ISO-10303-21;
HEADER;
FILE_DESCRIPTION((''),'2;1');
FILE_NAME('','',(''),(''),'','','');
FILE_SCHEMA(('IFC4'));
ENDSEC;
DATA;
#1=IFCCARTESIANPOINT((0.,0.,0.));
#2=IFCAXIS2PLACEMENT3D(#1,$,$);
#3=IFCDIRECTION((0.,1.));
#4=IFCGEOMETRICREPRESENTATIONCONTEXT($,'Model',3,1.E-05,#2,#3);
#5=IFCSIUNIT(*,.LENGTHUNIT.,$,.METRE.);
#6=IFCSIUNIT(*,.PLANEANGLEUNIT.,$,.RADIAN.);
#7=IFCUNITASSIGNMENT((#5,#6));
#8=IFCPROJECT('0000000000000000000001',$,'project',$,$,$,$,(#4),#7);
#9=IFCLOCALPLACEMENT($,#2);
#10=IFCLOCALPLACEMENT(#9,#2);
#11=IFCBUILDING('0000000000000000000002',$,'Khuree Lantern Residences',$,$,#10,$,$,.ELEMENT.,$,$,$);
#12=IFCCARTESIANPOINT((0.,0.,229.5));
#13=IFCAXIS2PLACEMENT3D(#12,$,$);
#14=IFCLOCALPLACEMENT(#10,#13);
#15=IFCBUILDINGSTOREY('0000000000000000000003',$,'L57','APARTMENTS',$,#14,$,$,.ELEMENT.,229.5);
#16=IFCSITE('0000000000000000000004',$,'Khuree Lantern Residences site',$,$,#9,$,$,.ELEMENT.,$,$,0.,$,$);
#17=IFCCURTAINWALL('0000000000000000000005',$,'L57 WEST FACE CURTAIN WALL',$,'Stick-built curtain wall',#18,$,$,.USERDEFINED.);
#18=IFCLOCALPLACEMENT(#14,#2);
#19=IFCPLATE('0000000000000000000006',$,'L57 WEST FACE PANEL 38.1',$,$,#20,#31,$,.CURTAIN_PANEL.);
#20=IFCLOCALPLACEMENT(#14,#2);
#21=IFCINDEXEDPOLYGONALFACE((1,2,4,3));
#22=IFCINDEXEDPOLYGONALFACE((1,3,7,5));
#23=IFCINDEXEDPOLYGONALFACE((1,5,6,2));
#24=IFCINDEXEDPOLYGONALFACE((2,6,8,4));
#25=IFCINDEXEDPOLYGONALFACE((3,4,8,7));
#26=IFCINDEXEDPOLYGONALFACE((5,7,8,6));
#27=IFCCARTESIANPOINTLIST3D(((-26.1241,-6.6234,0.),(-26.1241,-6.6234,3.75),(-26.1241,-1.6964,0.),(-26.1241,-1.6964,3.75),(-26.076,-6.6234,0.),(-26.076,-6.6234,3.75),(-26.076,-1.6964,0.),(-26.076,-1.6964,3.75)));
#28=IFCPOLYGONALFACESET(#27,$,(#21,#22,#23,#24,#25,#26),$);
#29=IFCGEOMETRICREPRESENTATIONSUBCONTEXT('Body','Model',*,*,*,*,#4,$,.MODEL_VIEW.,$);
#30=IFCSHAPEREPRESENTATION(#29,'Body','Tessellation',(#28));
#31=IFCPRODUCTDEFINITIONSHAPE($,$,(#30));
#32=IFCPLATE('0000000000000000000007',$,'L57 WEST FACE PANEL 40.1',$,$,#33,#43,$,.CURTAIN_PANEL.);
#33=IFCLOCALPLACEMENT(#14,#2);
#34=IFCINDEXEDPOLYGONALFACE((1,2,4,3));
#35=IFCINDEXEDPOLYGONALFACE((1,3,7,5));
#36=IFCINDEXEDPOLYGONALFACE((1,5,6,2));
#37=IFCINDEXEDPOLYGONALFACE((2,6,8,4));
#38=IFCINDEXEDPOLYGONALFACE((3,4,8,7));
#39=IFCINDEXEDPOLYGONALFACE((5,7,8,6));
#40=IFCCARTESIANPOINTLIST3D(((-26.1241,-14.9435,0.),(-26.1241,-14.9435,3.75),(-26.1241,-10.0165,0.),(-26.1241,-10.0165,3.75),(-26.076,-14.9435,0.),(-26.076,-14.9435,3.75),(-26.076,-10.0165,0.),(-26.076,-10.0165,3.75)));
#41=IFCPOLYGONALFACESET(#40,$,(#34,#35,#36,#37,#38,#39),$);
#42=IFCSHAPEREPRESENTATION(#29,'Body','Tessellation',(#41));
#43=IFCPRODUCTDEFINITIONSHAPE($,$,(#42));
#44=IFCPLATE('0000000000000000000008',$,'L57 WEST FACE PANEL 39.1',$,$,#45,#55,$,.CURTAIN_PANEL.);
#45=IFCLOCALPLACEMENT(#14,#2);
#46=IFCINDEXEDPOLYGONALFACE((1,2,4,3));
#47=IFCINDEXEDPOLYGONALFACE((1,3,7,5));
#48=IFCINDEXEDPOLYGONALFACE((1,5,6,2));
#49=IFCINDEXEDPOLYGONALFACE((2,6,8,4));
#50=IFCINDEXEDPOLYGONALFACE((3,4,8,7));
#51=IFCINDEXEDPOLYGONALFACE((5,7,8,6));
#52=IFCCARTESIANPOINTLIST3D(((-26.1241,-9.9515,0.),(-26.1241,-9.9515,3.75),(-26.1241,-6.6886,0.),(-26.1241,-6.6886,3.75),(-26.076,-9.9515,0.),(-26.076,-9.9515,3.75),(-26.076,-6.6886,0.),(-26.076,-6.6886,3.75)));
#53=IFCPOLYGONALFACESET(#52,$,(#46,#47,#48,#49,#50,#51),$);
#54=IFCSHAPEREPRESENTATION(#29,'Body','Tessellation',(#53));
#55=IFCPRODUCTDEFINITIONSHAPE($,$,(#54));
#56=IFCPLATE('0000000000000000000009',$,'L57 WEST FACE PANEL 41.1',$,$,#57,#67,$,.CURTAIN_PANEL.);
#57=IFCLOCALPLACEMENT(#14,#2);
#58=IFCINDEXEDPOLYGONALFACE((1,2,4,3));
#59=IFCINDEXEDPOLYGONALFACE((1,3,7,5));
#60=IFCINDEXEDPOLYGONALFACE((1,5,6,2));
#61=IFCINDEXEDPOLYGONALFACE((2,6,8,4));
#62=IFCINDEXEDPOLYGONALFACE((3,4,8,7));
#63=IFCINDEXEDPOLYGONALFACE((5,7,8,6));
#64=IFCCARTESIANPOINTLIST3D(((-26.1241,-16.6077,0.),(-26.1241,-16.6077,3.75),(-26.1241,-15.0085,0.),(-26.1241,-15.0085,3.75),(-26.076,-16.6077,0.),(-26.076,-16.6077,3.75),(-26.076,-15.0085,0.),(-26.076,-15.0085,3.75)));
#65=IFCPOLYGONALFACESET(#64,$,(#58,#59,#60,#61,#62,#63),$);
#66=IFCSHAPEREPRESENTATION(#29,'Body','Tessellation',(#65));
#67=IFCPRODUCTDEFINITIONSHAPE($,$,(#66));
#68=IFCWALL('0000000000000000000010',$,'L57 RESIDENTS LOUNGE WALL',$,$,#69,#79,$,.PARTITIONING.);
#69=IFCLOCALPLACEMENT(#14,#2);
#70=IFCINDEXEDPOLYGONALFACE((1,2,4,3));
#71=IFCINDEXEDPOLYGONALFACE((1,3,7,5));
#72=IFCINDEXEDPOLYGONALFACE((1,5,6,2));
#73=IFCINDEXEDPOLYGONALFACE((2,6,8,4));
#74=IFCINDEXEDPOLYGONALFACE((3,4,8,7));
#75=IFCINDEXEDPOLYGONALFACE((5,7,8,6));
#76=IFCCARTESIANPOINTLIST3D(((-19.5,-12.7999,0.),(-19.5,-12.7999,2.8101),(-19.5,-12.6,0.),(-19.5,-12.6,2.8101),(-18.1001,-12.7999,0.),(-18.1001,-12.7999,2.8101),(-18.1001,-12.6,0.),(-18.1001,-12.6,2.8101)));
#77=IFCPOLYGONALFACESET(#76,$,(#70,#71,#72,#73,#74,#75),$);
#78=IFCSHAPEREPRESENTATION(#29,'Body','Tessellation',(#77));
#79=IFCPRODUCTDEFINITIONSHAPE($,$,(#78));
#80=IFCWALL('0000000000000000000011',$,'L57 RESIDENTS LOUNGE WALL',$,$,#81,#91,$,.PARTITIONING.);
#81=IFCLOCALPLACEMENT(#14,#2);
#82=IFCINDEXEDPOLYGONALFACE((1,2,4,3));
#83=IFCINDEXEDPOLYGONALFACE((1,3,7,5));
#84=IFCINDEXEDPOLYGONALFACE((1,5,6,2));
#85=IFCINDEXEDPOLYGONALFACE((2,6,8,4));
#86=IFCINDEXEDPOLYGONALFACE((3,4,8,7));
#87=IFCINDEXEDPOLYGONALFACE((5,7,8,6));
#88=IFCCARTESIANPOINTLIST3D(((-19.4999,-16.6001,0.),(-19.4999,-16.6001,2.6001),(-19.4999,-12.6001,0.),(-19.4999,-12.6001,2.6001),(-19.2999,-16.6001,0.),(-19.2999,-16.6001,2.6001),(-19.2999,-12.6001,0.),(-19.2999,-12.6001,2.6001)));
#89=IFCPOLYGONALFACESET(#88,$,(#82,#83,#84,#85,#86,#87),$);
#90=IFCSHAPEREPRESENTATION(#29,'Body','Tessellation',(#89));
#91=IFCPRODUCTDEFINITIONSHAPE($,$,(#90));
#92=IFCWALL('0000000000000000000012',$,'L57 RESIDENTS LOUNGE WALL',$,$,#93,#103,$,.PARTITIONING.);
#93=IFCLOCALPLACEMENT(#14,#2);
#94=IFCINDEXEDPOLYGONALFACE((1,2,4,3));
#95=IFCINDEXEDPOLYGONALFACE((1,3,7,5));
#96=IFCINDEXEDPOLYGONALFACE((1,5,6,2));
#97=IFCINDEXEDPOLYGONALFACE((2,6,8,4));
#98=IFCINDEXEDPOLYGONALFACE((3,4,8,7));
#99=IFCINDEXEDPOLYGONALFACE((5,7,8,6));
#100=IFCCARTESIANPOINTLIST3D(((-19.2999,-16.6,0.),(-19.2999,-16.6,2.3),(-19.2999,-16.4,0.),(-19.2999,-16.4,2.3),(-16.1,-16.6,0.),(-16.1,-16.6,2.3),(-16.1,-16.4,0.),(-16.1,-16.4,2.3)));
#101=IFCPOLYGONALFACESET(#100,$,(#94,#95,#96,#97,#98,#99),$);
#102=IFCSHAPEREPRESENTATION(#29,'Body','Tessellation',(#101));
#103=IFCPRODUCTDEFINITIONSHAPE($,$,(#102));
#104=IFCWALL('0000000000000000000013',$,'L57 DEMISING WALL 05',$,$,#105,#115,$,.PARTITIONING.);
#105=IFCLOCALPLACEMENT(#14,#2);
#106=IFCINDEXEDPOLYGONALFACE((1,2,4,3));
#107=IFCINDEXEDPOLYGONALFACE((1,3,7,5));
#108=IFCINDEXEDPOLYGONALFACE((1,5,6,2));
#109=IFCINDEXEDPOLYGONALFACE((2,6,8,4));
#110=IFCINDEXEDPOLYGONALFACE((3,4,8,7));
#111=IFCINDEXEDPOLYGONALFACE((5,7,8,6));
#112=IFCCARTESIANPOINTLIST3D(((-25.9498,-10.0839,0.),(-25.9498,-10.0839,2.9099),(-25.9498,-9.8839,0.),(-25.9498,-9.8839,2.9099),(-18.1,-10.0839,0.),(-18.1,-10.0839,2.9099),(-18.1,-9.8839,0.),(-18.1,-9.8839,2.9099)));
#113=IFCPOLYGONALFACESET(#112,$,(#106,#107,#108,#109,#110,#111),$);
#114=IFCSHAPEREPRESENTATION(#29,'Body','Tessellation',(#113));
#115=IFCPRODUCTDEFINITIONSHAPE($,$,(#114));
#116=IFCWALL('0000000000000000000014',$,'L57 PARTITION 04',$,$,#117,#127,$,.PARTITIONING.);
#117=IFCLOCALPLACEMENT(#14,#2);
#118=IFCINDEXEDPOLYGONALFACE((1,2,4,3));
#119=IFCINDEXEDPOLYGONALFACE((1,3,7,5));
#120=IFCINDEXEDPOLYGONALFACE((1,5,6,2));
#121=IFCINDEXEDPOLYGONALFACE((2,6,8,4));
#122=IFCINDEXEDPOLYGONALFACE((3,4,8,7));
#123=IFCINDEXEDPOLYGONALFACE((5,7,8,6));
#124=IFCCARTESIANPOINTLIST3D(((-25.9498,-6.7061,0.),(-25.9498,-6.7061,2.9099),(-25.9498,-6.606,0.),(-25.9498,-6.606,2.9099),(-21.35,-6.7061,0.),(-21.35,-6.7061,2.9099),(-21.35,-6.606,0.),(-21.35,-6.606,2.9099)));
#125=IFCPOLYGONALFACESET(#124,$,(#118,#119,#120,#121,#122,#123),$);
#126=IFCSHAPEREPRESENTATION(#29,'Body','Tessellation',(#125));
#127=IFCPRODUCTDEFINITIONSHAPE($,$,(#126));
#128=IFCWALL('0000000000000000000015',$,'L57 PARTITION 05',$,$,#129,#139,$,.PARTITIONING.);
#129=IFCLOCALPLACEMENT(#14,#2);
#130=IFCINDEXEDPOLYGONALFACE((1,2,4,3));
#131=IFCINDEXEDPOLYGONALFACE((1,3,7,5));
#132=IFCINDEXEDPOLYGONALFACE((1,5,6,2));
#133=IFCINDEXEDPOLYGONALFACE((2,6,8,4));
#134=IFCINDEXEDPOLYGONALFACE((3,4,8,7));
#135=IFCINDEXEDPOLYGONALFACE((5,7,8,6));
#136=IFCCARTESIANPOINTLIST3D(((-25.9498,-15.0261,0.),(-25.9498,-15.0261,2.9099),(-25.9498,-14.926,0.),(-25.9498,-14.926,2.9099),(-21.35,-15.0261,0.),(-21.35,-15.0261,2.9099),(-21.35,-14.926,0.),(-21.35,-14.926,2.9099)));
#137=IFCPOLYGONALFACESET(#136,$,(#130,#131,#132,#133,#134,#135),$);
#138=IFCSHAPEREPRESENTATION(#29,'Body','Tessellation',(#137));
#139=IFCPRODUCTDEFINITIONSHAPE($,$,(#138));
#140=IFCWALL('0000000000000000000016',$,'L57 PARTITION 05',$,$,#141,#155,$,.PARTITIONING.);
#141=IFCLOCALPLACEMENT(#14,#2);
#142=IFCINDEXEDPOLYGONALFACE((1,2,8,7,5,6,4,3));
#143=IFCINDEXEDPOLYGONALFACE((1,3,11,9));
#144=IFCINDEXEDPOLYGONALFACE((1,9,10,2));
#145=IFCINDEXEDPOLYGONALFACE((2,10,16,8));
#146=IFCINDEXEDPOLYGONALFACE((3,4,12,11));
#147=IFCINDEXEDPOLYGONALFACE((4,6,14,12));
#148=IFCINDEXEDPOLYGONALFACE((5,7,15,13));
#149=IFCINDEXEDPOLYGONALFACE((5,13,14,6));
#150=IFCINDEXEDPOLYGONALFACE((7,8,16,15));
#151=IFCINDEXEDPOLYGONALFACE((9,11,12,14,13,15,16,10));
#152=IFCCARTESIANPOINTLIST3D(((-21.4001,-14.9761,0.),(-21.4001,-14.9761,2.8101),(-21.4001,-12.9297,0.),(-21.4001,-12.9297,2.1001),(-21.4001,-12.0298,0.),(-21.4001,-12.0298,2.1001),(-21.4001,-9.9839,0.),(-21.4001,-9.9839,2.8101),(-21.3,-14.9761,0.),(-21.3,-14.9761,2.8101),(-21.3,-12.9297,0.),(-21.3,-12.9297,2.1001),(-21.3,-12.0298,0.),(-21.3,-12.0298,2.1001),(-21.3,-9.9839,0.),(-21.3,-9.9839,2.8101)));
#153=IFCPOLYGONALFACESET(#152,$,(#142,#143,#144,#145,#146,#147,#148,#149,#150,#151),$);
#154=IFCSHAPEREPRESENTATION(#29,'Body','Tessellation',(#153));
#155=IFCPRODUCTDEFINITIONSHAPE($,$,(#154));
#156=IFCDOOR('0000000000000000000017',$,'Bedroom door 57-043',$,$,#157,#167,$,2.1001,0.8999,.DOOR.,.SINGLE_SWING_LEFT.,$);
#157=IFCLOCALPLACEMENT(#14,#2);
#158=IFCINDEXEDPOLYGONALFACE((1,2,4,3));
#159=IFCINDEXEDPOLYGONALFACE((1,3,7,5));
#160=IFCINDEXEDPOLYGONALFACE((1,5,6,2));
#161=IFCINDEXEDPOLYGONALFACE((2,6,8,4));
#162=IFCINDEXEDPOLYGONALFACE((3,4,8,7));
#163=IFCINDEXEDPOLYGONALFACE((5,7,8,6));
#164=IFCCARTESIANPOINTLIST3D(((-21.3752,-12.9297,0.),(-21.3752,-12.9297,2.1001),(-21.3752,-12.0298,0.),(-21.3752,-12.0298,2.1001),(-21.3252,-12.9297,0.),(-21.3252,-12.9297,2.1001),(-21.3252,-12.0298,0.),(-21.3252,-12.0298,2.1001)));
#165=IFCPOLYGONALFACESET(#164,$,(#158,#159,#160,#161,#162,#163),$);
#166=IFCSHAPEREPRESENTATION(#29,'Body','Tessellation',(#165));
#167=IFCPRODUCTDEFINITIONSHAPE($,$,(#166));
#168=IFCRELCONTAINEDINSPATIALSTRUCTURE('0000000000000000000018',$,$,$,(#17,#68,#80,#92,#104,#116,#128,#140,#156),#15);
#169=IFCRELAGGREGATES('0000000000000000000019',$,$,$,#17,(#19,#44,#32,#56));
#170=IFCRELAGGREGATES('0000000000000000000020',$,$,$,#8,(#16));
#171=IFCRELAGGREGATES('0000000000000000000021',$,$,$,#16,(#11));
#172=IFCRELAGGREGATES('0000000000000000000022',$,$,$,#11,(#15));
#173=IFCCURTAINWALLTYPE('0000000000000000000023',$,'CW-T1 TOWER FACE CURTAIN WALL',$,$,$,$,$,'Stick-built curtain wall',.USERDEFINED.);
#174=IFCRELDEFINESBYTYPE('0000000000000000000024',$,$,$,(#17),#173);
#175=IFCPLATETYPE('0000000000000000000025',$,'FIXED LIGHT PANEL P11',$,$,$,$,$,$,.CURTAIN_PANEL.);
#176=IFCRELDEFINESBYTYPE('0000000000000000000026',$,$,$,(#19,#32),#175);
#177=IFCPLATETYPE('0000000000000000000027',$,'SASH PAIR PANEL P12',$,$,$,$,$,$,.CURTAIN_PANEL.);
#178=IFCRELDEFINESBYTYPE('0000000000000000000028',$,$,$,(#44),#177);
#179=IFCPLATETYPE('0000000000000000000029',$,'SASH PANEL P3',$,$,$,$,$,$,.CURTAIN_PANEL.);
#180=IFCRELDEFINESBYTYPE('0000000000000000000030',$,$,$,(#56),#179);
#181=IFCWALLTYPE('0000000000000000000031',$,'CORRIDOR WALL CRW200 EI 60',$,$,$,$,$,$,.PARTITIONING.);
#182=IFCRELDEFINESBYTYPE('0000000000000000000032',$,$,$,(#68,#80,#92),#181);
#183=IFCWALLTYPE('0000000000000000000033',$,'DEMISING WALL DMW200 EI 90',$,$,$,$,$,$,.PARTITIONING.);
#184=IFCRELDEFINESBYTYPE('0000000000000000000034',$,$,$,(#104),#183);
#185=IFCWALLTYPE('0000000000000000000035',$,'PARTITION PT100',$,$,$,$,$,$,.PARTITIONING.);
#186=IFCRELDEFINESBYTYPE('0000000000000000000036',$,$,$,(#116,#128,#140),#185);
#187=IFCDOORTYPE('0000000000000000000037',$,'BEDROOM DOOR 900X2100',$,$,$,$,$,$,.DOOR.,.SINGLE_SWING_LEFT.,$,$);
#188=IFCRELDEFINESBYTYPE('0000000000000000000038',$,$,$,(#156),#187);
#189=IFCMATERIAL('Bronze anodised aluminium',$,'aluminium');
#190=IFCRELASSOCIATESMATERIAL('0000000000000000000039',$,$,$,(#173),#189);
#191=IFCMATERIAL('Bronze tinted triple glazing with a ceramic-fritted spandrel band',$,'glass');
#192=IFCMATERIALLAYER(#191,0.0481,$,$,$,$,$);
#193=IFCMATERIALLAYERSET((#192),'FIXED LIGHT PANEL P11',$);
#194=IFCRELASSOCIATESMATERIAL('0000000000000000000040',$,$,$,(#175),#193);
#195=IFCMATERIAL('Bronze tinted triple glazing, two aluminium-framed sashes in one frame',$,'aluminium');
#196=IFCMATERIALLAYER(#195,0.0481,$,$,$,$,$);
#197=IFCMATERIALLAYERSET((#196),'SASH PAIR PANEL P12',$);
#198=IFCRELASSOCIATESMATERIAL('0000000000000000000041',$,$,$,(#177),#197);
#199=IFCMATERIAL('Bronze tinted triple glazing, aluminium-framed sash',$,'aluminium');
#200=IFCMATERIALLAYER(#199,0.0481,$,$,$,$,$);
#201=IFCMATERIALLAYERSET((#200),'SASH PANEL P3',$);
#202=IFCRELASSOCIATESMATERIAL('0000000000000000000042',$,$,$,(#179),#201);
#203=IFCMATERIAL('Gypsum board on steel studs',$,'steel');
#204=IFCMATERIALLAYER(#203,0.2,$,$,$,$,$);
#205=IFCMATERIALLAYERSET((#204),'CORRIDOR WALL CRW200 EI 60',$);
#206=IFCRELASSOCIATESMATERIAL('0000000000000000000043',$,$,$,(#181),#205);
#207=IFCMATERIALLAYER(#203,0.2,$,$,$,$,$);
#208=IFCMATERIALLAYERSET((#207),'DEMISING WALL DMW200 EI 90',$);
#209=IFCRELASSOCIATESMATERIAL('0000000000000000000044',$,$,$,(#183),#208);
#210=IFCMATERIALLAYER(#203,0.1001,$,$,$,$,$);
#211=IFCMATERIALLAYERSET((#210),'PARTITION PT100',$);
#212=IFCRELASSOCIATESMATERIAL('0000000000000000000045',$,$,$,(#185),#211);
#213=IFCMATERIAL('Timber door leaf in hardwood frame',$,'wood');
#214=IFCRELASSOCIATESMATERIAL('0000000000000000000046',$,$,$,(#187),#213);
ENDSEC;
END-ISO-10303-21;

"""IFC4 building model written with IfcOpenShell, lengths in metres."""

from ifc_helpers import new_model, si_unit, direction, frame, frame_2d, origin, origin_2d, place, context, subcontext, project, spatial, rectangle, extrude, material, layer, layer_set, type_object, element, fill, aggregate, save


model = new_model("IFC4")

# Units and contexts
model_context = context("Model", 3, precision=1e-05, world=origin(), true_north=direction((0.0, 1.0)))
body_context = subcontext(model_context, "Body", "Model", "MODEL_VIEW")
ifc_project = project(units=[si_unit("LENGTHUNIT", "METRE"), si_unit("PLANEANGLEUNIT", "RADIAN")], contexts=[model_context])

# Site, building, storey
site_placement = place(None, origin())
site = spatial("IfcSite", under=ifc_project, at=site_placement, Name="Khuree Lantern Residences site", CompositionType="ELEMENT", RefElevation=0.0)
building_placement = place(site_placement, origin())
building = spatial("IfcBuilding", under=site, at=building_placement, Name="Khuree Lantern Residences", CompositionType="ELEMENT")
storey_placement = place(building_placement, frame((0.0, 0.0, 229.5)))
storey = spatial("IfcBuildingStorey", under=building, at=storey_placement, Name="L57", Description="APARTMENTS", CompositionType="ELEMENT", Elevation=229.5)

# Curtain wall
ifc_material_1 = material(Name="Bronze anodised aluminium", Category="aluminium")
curtain_wall_type = type_object("IfcCurtainWallType", Name="CW-T1 TOWER FACE CURTAIN WALL", ElementType="Stick-built curtain wall", PredefinedType="USERDEFINED", material=ifc_material_1)
curtain_wall_placement = place(storey_placement, origin())
curtain_wall = element("IfcCurtainWall", 1, at=curtain_wall_placement, inside=storey, type_object=curtain_wall_type, Name="L57 WEST FACE CURTAIN WALL", ObjectType="Stick-built curtain wall", PredefinedType="USERDEFINED")

# Plates
ifc_material_2 = material(Name="Bronze tinted triple glazing with a ceramic-fritted spandrel band", Category="glass")
ifc_layer_1 = layer(ifc_material_2, 0.0481)
ifc_layer_set_1 = layer_set([ifc_layer_1], Name="FIXED LIGHT PANEL P11")
plate_type_1 = type_object("IfcPlateType", Name="FIXED LIGHT PANEL P11", PredefinedType="CURTAIN_PANEL", material=ifc_layer_set_1)
plate_1_placement = place(storey_placement, frame((-26.1001, -4.1599, 0.0), z_axis=(0.0, 0.0, 1.0), x_axis=(0.0, -1.0, 0.0)))
plate_1 = element("IfcPlate", 2, at=plate_1_placement, type_object=plate_type_1, Name="L57 WEST FACE PANEL 38.1", PredefinedType="CURTAIN_PANEL", context=body_context, shape_type="SweptSolid", body=[
    extrude(rectangle(XDim=4.927, YDim=0.0481, at=origin_2d()), origin(), (0.0, 0.0, 1.0), 3.75),
])
plate_2_placement = place(storey_placement, frame((-26.1001, -12.48, 0.0), z_axis=(0.0, 0.0, 1.0), x_axis=(0.0, -1.0, 0.0)))
plate_2 = element("IfcPlate", 3, at=plate_2_placement, type_object=plate_type_1, Name="L57 WEST FACE PANEL 40.1", PredefinedType="CURTAIN_PANEL", context=body_context, shape_type="SweptSolid", body=[
    extrude(rectangle(XDim=4.927, YDim=0.0481, at=origin_2d()), origin(), (0.0, 0.0, 1.0), 3.75),
])
ifc_material_3 = material(Name="Bronze tinted triple glazing, two aluminium-framed sashes in one frame", Category="aluminium")
ifc_layer_2 = layer(ifc_material_3, 0.0481)
ifc_layer_set_2 = layer_set([ifc_layer_2], Name="SASH PAIR PANEL P12")
plate_type_2 = type_object("IfcPlateType", Name="SASH PAIR PANEL P12", PredefinedType="CURTAIN_PANEL", material=ifc_layer_set_2)
plate_3_placement = place(storey_placement, frame((-26.1001, -8.3201, 0.0), z_axis=(0.0, 0.0, 1.0), x_axis=(0.0, -1.0, 0.0)))
plate_3 = element("IfcPlate", 4, at=plate_3_placement, type_object=plate_type_2, Name="L57 WEST FACE PANEL 39.1", PredefinedType="CURTAIN_PANEL", context=body_context, shape_type="SweptSolid", body=[
    extrude(rectangle(XDim=3.2629, YDim=0.0481, at=origin_2d()), origin(), (0.0, 0.0, 1.0), 3.75),
])
ifc_material_4 = material(Name="Bronze tinted triple glazing, aluminium-framed sash", Category="aluminium")
ifc_layer_3 = layer(ifc_material_4, 0.0481)
ifc_layer_set_3 = layer_set([ifc_layer_3], Name="SASH PANEL P3")
plate_type_3 = type_object("IfcPlateType", Name="SASH PANEL P3", PredefinedType="CURTAIN_PANEL", material=ifc_layer_set_3)
plate_4_placement = place(storey_placement, frame((-26.1001, -15.8081, 0.0), z_axis=(0.0, 0.0, 1.0), x_axis=(0.0, -1.0, 0.0)))
plate_4 = element("IfcPlate", 5, at=plate_4_placement, type_object=plate_type_3, Name="L57 WEST FACE PANEL 41.1", PredefinedType="CURTAIN_PANEL", context=body_context, shape_type="SweptSolid", body=[
    extrude(rectangle(XDim=1.5991, YDim=0.0481, at=origin_2d()), origin(), (0.0, 0.0, 1.0), 3.75),
])
aggregate(curtain_wall, [plate_1, plate_3, plate_2, plate_4])

# Walls
ifc_material_5 = material(Name="Gypsum board on steel studs", Category="steel")
ifc_layer_4 = layer(ifc_material_5, 0.2)
ifc_layer_set_4 = layer_set([ifc_layer_4], Name="CORRIDOR WALL CRW200 EI 60")
wall_type_1 = type_object("IfcWallType", Name="CORRIDOR WALL CRW200 EI 60", PredefinedType="PARTITIONING", material=ifc_layer_set_4)
wall_1_placement = place(storey_placement, frame((-18.1001, -12.7, 0.0), z_axis=(0.0, 0.0, 1.0), x_axis=(-1.0, 0.0, 0.0)))
element("IfcWall", 6, at=wall_1_placement, inside=storey, type_object=wall_type_1, Name="L57 RESIDENTS LOUNGE WALL", PredefinedType="PARTITIONING", context=body_context, shape_type="SweptSolid", body=[
    extrude(rectangle(XDim=1.3999, YDim=0.2, at=frame_2d((0.7, 0.0))), origin(), (0.0, 0.0, 1.0), 2.8101),
])
wall_2_placement = place(storey_placement, frame((-19.3999, -12.6001, 0.0), z_axis=(0.0, 0.0, 1.0), x_axis=(0.0, -1.0, 0.0)))
element("IfcWall", 7, at=wall_2_placement, inside=storey, type_object=wall_type_1, Name="L57 RESIDENTS LOUNGE WALL", PredefinedType="PARTITIONING", context=body_context, shape_type="SweptSolid", body=[
    extrude(rectangle(XDim=4.0, YDim=0.2, at=frame_2d((2.0, 0.0))), origin(), (0.0, 0.0, 1.0), 2.6001),
])
wall_3_placement = place(storey_placement, frame((-19.3, -16.5, 0.0), z_axis=(0.0, 0.0, 1.0), x_axis=(1.0, 0.0, 0.0)))
element("IfcWall", 8, at=wall_3_placement, inside=storey, type_object=wall_type_1, Name="L57 RESIDENTS LOUNGE WALL", PredefinedType="PARTITIONING", context=body_context, shape_type="SweptSolid", body=[
    extrude(rectangle(XDim=3.2, YDim=0.2, at=frame_2d((1.6001, 0.0))), origin(), (0.0, 0.0, 1.0), 2.3),
])
ifc_layer_5 = layer(ifc_material_5, 0.2)
ifc_layer_set_5 = layer_set([ifc_layer_5], Name="DEMISING WALL DMW200 EI 90")
wall_type_2 = type_object("IfcWallType", Name="DEMISING WALL DMW200 EI 90", PredefinedType="PARTITIONING", material=ifc_layer_set_5)
wall_4_placement = place(storey_placement, frame((-18.1001, -9.9839, 0.0), z_axis=(0.0, 0.0, 1.0), x_axis=(-1.0, 0.0, 0.0)))
element("IfcWall", 9, at=wall_4_placement, inside=storey, type_object=wall_type_2, Name="L57 DEMISING WALL 05", PredefinedType="PARTITIONING", context=body_context, shape_type="SweptSolid", body=[
    extrude(rectangle(XDim=7.8499, YDim=0.2, at=frame_2d((3.9248, 0.0))), origin(), (0.0, 0.0, 1.0), 2.9099),
])
ifc_layer_6 = layer(ifc_material_5, 0.1001)
ifc_layer_set_6 = layer_set([ifc_layer_6], Name="PARTITION PT100")
wall_type_3 = type_object("IfcWallType", Name="PARTITION PT100", PredefinedType="PARTITIONING", material=ifc_layer_set_6)
for number, where, z_axis, x_axis, name in (
    (10, (-21.3501, -6.656, 0.0), (0.0, 0.0, 1.0), (-1.0, 0.0, 0.0), "L57 PARTITION 04"),
    (11, (-21.3501, -14.9761, 0.0), (0.0, 0.0, 1.0), (-1.0, 0.0, 0.0), "L57 PARTITION 05"),
):
    element("IfcWall", number, at=place(storey_placement, frame(where, z_axis=z_axis, x_axis=x_axis)), inside=storey, type_object=wall_type_3, Name=name, PredefinedType="PARTITIONING", context=body_context, shape_type="SweptSolid", body=[
        extrude(rectangle(XDim=4.5999, YDim=0.1001, at=frame_2d((2.2998, 0.0))), origin(), (0.0, 0.0, 1.0), 2.9099),
    ])

# Wall, opening, door
wall_5_placement = place(storey_placement, frame((-21.3501, -9.9839, 0.0), z_axis=(0.0, 0.0, 1.0), x_axis=(0.0, -1.0, 0.0)))
wall_5 = element("IfcWall", 12, at=wall_5_placement, inside=storey, type_object=wall_type_3, Name="L57 PARTITION 05", PredefinedType="PARTITIONING", context=body_context, shape_type="SweptSolid", body=[
    extrude(rectangle(XDim=4.9922, YDim=0.1001, at=frame_2d((2.4961, 0.0))), origin(), (0.0, 0.0, 1.0), 2.8101),
])
opening_placement = place(wall_5_placement, frame((2.0459, 0.0, 0.0)))
opening = element("IfcOpeningElement", 13, at=opening_placement, cuts=wall_5, PredefinedType="OPENING", context=body_context, shape_type="SweptSolid", body=[
    extrude(rectangle(XDim=0.8999, YDim=2.1001, at=frame_2d((0.45, 1.05))), frame((0.0, 0.0601, 0.0), z_axis=(0.0, -1.0, 0.0), x_axis=(1.0, 0.0, 0.0)), (0.0, 0.0, 1.0), 0.1201),
])
ifc_material_6 = material(Name="Timber door leaf in hardwood frame", Category="wood")
door_type = type_object("IfcDoorType", Name="BEDROOM DOOR 900X2100", OperationType="SINGLE_SWING_LEFT", PredefinedType="DOOR", material=ifc_material_6)
door_placement = place(opening_placement, origin())
door = element("IfcDoor", 14, at=door_placement, inside=storey, type_object=door_type, Name="Bedroom door 57-043", OperationType="SINGLE_SWING_LEFT", OverallHeight=2.1001, OverallWidth=0.8999, PredefinedType="DOOR", context=body_context, shape_type="SweptSolid", body=[
    extrude(rectangle(XDim=0.8999, YDim=2.1001, at=frame_2d((0.45, 1.05))), frame((0.0, 0.0249, 0.0), z_axis=(0.0, -1.0, 0.0), x_axis=(1.0, 0.0, 0.0)), (0.0, 0.0, 1.0), 0.05),
])
fill(opening, door)

save(model, "model.ifc")
